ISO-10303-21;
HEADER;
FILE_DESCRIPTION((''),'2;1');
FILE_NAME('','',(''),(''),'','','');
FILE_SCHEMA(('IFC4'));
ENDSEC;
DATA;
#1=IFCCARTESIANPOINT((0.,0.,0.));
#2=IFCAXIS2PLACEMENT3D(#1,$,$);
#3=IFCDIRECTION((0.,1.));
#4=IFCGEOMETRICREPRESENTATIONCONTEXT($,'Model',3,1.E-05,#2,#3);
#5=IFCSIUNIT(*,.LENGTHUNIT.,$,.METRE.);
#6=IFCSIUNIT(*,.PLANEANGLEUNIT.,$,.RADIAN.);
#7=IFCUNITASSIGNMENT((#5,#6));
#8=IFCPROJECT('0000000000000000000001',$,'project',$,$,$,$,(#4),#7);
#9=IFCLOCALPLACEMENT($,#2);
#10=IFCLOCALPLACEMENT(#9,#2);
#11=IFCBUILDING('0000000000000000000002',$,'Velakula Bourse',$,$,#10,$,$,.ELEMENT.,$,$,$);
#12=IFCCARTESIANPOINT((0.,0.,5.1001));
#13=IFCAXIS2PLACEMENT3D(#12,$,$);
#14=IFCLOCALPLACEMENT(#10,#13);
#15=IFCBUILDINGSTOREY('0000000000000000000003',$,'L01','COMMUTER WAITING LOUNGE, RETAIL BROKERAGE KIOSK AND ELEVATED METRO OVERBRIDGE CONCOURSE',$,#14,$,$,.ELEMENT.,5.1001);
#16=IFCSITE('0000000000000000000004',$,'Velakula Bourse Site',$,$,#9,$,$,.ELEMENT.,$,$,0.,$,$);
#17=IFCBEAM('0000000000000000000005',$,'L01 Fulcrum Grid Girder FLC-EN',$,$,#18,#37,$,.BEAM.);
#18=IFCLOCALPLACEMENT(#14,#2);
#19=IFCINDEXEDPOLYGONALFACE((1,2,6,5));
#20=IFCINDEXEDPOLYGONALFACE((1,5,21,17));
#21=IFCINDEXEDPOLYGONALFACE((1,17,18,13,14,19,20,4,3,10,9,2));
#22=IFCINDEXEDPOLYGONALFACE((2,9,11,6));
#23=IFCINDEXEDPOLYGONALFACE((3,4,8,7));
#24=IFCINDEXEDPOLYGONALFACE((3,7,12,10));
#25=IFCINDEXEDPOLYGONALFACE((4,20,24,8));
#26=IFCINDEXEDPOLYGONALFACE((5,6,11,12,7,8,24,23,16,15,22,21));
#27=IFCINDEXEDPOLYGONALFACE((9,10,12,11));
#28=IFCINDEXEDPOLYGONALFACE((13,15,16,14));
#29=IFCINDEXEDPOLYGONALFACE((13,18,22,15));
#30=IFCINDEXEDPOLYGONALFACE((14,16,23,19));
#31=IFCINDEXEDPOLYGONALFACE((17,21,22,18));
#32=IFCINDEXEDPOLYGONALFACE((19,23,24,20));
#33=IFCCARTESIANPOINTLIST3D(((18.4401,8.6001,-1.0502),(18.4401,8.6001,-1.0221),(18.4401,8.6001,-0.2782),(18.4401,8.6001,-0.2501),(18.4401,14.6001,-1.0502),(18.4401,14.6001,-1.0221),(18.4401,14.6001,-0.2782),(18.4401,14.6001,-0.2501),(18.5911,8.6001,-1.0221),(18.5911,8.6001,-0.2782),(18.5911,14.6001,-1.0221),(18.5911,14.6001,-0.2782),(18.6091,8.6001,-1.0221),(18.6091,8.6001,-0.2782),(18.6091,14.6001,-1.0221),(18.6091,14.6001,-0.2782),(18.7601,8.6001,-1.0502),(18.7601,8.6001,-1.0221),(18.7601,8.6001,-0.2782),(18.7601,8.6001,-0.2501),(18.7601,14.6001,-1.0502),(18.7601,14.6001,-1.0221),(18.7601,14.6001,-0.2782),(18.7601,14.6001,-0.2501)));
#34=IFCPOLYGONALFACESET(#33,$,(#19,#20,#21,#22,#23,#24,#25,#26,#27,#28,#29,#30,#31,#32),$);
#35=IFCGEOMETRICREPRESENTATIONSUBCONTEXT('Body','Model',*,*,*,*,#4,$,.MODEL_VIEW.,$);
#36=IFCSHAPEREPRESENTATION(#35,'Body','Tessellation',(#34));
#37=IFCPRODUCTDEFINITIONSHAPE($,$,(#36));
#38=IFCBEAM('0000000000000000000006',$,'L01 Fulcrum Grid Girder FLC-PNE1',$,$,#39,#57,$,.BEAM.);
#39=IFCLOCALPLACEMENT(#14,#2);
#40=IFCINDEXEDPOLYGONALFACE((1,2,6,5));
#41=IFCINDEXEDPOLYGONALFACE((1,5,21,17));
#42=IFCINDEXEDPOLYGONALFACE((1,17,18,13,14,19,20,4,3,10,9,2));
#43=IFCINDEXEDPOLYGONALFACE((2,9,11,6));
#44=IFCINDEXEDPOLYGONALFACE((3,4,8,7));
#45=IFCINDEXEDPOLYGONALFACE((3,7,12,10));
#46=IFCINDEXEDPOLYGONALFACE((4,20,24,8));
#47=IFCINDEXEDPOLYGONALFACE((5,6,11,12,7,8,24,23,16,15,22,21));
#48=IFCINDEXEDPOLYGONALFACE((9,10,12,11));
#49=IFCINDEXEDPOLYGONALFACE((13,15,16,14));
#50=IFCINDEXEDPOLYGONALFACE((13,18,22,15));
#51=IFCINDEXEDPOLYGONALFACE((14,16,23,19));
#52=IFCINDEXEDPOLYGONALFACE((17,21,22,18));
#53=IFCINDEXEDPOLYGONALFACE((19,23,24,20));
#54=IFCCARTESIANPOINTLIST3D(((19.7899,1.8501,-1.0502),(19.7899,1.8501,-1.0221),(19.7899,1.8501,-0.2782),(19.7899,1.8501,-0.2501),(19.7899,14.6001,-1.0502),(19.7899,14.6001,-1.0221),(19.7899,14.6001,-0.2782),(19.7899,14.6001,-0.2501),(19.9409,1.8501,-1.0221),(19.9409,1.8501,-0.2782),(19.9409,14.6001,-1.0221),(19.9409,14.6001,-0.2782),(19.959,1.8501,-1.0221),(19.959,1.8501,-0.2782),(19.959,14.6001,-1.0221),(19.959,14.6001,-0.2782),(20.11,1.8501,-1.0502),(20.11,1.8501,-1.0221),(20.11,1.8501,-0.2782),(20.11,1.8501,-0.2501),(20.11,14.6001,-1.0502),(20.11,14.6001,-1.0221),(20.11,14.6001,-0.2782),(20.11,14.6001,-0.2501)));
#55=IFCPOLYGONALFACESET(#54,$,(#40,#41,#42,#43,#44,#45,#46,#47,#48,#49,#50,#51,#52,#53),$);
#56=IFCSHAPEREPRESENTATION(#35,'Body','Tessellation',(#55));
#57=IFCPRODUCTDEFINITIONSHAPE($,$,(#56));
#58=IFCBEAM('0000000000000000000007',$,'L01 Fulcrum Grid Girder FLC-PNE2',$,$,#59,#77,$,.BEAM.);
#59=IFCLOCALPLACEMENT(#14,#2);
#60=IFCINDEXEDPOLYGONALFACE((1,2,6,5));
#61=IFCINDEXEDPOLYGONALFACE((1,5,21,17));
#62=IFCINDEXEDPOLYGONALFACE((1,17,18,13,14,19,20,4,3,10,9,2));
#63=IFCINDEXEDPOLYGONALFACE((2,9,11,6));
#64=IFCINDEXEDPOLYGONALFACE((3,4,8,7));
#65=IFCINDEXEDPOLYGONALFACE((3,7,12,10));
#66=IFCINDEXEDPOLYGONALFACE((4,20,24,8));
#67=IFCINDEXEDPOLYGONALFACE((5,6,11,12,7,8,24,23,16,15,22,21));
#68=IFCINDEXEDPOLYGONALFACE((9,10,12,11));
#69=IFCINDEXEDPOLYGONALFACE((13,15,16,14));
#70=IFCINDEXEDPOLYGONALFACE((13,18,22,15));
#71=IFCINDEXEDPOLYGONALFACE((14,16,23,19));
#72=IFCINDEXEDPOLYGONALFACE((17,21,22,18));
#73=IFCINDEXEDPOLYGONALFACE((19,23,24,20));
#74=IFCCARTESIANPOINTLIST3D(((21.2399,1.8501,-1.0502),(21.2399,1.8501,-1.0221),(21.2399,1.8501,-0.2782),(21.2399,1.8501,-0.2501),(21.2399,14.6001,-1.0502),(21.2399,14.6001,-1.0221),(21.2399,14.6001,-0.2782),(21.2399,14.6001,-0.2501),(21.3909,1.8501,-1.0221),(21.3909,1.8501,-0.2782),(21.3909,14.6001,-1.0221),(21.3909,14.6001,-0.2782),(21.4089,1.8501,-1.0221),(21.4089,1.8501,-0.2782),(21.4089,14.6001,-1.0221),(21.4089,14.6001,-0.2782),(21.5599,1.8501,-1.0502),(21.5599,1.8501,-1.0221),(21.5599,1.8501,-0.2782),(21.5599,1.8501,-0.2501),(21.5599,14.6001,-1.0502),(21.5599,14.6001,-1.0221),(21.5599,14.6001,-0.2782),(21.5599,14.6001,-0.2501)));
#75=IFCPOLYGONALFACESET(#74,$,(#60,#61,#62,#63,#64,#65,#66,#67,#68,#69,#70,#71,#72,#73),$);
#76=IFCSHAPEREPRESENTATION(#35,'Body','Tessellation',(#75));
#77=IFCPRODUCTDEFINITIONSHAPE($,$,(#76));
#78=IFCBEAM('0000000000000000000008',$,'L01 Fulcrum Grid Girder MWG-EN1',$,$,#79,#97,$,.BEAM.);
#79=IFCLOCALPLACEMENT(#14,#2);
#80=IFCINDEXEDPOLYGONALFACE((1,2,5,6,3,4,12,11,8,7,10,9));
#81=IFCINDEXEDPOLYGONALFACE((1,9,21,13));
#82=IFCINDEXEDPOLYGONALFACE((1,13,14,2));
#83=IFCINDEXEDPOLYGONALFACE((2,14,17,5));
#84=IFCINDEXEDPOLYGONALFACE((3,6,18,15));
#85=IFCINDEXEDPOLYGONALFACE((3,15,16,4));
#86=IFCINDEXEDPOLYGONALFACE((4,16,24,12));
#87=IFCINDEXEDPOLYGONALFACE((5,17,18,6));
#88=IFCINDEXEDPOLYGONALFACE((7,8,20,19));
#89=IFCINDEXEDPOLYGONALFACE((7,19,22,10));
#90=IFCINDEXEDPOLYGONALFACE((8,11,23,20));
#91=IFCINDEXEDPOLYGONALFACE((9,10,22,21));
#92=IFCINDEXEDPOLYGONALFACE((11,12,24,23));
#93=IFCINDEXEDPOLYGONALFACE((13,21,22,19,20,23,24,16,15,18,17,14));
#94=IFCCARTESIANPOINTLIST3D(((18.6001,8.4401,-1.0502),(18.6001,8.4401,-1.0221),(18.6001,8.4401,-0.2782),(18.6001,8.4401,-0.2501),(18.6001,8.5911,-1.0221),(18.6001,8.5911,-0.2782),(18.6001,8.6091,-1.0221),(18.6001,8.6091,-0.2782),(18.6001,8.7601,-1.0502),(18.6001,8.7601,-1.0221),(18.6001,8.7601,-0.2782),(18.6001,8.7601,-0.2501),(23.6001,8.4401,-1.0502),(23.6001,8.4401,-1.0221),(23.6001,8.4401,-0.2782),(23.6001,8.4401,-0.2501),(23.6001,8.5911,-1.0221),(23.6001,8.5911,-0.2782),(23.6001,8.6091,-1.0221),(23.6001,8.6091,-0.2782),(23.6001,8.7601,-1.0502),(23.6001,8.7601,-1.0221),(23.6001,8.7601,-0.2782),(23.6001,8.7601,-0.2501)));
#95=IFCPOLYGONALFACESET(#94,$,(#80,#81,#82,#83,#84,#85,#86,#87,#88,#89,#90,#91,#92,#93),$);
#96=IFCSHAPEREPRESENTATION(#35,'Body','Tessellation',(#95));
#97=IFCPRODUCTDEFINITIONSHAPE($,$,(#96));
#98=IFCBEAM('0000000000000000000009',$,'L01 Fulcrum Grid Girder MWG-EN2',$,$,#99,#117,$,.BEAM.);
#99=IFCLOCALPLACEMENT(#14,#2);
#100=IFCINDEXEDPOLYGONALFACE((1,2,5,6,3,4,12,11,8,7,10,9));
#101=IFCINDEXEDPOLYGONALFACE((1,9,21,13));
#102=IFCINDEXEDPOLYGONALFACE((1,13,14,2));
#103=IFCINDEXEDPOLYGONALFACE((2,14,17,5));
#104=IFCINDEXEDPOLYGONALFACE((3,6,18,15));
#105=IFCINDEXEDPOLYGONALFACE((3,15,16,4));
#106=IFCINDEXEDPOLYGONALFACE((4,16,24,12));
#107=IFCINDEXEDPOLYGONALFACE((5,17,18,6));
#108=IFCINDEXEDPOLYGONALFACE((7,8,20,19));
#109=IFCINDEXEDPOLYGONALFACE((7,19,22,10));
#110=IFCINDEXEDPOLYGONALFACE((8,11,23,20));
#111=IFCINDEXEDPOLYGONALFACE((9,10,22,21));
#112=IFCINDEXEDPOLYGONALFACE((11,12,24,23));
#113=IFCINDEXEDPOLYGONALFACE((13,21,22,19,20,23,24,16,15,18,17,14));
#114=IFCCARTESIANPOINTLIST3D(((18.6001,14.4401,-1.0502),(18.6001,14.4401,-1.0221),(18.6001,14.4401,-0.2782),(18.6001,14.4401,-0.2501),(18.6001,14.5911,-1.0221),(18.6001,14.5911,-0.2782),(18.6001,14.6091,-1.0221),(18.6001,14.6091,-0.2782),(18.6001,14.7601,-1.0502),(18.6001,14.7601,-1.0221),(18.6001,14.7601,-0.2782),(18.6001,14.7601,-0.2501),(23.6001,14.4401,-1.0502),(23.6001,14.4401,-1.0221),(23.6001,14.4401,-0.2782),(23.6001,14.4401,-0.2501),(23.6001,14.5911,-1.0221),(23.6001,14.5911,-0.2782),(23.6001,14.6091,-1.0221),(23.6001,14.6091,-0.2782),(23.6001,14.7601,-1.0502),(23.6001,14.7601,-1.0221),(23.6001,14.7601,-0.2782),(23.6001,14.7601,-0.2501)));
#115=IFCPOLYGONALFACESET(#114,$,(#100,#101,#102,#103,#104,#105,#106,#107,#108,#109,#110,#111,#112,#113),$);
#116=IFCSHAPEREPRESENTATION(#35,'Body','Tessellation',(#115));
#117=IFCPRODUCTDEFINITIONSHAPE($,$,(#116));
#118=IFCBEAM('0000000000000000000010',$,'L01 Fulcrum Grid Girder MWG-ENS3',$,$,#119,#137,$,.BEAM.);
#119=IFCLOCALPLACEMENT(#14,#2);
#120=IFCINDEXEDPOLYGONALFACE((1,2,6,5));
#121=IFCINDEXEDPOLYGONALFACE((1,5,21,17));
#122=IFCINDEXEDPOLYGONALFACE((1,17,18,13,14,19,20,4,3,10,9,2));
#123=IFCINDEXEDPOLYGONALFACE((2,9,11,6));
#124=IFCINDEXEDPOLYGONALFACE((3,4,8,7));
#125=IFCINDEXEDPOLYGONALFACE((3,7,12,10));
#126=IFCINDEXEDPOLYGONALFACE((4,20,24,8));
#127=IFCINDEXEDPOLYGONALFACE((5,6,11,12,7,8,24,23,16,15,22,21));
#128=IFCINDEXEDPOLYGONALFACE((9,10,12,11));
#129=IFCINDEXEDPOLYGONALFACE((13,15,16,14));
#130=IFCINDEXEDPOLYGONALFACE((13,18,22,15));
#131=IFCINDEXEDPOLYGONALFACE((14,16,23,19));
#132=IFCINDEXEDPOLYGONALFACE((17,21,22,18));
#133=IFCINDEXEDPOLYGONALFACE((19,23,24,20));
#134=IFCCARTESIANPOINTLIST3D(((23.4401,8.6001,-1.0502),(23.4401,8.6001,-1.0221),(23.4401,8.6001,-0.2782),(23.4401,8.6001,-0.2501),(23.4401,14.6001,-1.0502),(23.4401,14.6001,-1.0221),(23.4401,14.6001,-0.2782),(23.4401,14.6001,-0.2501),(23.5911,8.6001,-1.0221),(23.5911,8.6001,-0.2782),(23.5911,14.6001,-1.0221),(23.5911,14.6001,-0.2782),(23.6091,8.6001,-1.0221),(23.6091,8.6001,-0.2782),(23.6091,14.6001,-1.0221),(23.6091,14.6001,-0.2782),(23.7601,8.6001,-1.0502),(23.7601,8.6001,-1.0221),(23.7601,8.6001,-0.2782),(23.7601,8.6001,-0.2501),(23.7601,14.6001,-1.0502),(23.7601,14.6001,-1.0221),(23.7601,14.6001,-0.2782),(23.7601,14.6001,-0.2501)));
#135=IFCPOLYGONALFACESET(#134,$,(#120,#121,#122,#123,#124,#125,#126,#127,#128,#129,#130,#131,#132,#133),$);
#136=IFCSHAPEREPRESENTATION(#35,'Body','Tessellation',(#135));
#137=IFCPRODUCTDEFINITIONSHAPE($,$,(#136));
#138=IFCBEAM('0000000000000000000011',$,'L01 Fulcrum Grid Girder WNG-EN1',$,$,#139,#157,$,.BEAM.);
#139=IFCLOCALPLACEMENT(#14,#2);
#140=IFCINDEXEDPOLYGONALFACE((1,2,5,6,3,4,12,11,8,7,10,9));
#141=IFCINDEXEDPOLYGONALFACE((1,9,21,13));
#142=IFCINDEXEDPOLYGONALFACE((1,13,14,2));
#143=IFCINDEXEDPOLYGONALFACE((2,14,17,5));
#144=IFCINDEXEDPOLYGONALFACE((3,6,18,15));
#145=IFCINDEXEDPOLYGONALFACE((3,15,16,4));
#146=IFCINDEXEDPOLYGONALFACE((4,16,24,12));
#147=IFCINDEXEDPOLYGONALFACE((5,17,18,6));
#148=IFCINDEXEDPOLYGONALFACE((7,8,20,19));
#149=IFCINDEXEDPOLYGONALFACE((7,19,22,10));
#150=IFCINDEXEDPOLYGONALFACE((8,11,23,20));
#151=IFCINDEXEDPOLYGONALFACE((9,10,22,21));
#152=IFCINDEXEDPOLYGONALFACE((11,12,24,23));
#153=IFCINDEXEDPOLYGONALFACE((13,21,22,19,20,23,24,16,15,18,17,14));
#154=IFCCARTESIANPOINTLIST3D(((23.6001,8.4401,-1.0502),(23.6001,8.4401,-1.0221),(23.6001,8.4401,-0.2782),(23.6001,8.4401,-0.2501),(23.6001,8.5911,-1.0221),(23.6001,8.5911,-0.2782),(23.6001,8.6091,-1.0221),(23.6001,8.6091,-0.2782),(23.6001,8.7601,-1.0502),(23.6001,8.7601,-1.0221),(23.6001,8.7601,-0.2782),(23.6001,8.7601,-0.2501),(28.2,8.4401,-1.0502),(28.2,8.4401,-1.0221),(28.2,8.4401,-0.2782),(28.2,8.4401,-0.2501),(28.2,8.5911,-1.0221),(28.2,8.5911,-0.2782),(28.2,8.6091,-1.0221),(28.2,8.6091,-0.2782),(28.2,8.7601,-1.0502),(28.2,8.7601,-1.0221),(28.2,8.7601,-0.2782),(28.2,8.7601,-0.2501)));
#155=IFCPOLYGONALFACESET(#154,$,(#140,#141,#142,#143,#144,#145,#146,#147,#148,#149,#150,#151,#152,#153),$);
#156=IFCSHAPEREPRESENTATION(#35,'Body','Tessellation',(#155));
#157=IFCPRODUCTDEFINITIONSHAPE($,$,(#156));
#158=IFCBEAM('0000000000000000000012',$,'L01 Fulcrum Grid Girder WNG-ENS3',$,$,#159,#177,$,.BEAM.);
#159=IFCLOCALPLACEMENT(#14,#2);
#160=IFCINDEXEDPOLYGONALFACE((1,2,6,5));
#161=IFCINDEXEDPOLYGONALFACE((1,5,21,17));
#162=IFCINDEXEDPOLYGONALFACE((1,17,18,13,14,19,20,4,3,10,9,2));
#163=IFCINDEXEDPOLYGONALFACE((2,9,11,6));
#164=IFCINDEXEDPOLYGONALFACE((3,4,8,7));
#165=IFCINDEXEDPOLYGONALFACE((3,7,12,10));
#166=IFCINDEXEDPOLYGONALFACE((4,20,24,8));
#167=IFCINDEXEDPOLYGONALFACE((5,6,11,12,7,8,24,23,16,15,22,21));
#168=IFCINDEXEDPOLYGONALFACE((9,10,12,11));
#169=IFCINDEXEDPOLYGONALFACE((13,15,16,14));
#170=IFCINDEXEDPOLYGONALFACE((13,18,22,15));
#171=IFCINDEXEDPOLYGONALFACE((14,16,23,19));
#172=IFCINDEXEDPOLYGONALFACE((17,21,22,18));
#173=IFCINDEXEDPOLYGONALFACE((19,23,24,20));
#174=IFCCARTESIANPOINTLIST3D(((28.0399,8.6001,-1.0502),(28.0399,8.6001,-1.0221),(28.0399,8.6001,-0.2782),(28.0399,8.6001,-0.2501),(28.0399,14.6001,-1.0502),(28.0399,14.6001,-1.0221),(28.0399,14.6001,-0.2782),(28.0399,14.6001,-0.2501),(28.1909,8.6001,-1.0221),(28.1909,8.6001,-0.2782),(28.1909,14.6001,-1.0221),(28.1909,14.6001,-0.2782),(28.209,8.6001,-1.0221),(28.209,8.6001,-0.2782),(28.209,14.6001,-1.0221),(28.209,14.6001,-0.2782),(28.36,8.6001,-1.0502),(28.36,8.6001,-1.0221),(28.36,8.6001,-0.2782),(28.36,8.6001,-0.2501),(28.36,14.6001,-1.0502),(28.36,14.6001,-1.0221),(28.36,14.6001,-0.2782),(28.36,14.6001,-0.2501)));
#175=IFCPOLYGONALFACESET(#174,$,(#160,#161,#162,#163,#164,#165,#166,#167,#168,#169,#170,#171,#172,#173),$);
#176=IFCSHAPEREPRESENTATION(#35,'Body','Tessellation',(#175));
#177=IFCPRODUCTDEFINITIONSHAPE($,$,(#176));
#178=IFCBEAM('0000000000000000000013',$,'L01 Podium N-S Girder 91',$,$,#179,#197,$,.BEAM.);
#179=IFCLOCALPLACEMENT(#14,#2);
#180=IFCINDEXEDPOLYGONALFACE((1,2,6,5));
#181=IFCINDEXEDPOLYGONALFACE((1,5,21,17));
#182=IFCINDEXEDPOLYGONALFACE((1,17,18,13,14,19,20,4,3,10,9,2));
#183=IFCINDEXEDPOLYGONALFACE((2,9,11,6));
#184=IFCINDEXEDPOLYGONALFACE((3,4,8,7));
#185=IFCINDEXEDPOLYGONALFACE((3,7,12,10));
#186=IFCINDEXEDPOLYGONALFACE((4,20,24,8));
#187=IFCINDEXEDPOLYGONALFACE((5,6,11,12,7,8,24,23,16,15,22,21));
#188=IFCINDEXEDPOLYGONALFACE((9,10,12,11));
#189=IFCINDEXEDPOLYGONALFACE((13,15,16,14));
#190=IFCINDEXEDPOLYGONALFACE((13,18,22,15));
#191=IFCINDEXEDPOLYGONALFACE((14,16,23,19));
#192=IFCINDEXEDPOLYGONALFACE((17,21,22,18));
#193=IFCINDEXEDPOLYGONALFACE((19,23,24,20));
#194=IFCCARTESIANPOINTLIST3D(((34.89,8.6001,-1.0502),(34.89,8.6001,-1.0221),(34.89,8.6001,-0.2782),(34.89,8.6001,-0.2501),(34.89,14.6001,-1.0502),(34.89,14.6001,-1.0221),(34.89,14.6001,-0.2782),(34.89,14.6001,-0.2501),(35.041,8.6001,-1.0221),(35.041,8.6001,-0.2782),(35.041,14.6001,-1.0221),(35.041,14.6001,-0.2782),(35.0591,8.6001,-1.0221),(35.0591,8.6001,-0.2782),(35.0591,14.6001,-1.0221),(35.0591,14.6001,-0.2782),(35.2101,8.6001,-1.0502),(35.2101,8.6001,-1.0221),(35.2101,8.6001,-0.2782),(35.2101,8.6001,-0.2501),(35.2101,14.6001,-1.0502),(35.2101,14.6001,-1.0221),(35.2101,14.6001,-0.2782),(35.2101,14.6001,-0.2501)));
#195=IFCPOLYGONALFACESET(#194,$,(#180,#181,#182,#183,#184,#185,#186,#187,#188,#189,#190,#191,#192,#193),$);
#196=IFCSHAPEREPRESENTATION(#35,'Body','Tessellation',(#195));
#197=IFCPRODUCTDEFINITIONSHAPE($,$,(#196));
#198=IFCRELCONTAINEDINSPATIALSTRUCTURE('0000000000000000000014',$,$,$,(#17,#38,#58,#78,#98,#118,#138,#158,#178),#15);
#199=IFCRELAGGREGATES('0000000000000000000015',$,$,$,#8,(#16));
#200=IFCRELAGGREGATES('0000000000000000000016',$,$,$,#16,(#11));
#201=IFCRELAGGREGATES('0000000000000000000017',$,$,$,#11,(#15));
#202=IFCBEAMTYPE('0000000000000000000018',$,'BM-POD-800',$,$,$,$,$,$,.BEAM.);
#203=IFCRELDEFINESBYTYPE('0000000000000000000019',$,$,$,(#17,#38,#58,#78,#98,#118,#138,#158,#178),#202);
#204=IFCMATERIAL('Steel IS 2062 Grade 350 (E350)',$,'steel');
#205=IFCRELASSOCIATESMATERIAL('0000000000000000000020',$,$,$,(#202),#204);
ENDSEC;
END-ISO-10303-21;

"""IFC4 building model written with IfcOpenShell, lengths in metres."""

from ifc_helpers import new_model, si_unit, direction, frame, origin, origin_2d, place, context, subcontext, project, spatial, i_section, extrude, material, material_profile, profile_set, type_object, element, save


model = new_model("IFC4")

# Units and contexts
model_context = context("Model", 3, precision=1e-05, world=origin(), true_north=direction((0.0, 1.0)))
body_context = subcontext(model_context, "Body", "Model", "MODEL_VIEW")
ifc_project = project(units=[si_unit("LENGTHUNIT", "METRE"), si_unit("PLANEANGLEUNIT", "RADIAN")], contexts=[model_context])

# Site, building, storey
site_placement = place(None, origin())
site = spatial("IfcSite", under=ifc_project, at=site_placement, Name="Velakula Bourse Site", CompositionType="ELEMENT", RefElevation=0.0)
building_placement = place(site_placement, origin())
building = spatial("IfcBuilding", under=site, at=building_placement, Name="Velakula Bourse", CompositionType="ELEMENT")
storey_placement = place(building_placement, frame((0.0, 0.0, 5.1001)))
storey = spatial("IfcBuildingStorey", under=building, at=storey_placement, Name="L01", Description="COMMUTER WAITING LOUNGE, RETAIL BROKERAGE KIOSK AND ELEVATED METRO OVERBRIDGE CONCOURSE", CompositionType="ELEMENT", Elevation=5.1001)

# Beams
ifc_material_1 = material(Name="Steel IS 2062 Grade 350 (E350)", Category="steel")
ifc_material_profile_1 = material_profile(ifc_material_1, i_section(OverallWidth=0.3201, OverallDepth=0.8, WebThickness=0.0181, FlangeThickness=0.0281, at=origin_2d()), Name="Steel IS 2062 Grade 350 (E350)")
ifc_profile_set_1 = profile_set([ifc_material_profile_1], Name="Steel IS 2062 Grade 350 (E350)")
beam_type_1 = type_object("IfcBeamType", Name="BM-POD-800", PredefinedType="BEAM", material=ifc_profile_set_1)
beam_1_placement = place(storey_placement, frame((18.6001, 8.6001, -0.6501), z_axis=(0.0, 1.0, 0.0), x_axis=(-1.0, 0.0, 0.0)))
element("IfcBeam", 1, at=beam_1_placement, inside=storey, type_object=beam_type_1, Name="L01 Fulcrum Grid Girder FLC-EN", PredefinedType="BEAM", context=body_context, shape_type="SweptSolid", body=[
    extrude(i_section(OverallWidth=0.3201, OverallDepth=0.8, WebThickness=0.0181, FlangeThickness=0.0281, at=origin_2d()), origin(), (0.0, 0.0, 1.0), 6.0),
])
for number, where, z_axis, x_axis, name in (
    (2, (19.95, 1.8501, -0.6501), (0.0, 1.0, 0.0), (-1.0, 0.0, 0.0), "L01 Fulcrum Grid Girder FLC-PNE1"),
    (3, (21.3999, 1.8501, -0.6501), (0.0, 1.0, 0.0), (-1.0, 0.0, 0.0), "L01 Fulcrum Grid Girder FLC-PNE2"),
):
    element("IfcBeam", number, at=place(storey_placement, frame(where, z_axis=z_axis, x_axis=x_axis)), inside=storey, type_object=beam_type_1, Name=name, PredefinedType="BEAM", context=body_context, shape_type="SweptSolid", body=[
        extrude(i_section(OverallWidth=0.3201, OverallDepth=0.8, WebThickness=0.0181, FlangeThickness=0.0281, at=origin_2d()), origin(), (0.0, 0.0, 1.0), 12.75),
    ])
for number, where, z_axis, x_axis, name in (
    (4, (18.6001, 8.6001, -0.6501), (1.0, 0.0, 0.0), (0.0, 1.0, 0.0), "L01 Fulcrum Grid Girder MWG-EN1"),
    (5, (18.6001, 14.6001, -0.6501), (1.0, 0.0, 0.0), (0.0, 1.0, 0.0), "L01 Fulcrum Grid Girder MWG-EN2"),
):
    element("IfcBeam", number, at=place(storey_placement, frame(where, z_axis=z_axis, x_axis=x_axis)), inside=storey, type_object=beam_type_1, Name=name, PredefinedType="BEAM", context=body_context, shape_type="SweptSolid", body=[
        extrude(i_section(OverallWidth=0.3201, OverallDepth=0.8, WebThickness=0.0181, FlangeThickness=0.0281, at=origin_2d()), origin(), (0.0, 0.0, 1.0), 5.0),
    ])
beam_2_placement = place(storey_placement, frame((23.6001, 8.6001, -0.6501), z_axis=(0.0, 1.0, 0.0), x_axis=(-1.0, 0.0, 0.0)))
element("IfcBeam", 6, at=beam_2_placement, inside=storey, type_object=beam_type_1, Name="L01 Fulcrum Grid Girder MWG-ENS3", PredefinedType="BEAM", context=body_context, shape_type="SweptSolid", body=[
    extrude(i_section(OverallWidth=0.3201, OverallDepth=0.8, WebThickness=0.0181, FlangeThickness=0.0281, at=origin_2d()), origin(), (0.0, 0.0, 1.0), 6.0),
])
beam_3_placement = place(storey_placement, frame((23.6001, 8.6001, -0.6501), z_axis=(1.0, 0.0, 0.0), x_axis=(0.0, 1.0, 0.0)))
element("IfcBeam", 7, at=beam_3_placement, inside=storey, type_object=beam_type_1, Name="L01 Fulcrum Grid Girder WNG-EN1", PredefinedType="BEAM", context=body_context, shape_type="SweptSolid", body=[
    extrude(i_section(OverallWidth=0.3201, OverallDepth=0.8, WebThickness=0.0181, FlangeThickness=0.0281, at=origin_2d()), origin(), (0.0, 0.0, 1.0), 4.5999),
])
for number, where, z_axis, x_axis, name in (
    (8, (28.2, 8.6001, -0.6501), (0.0, 1.0, 0.0), (-1.0, 0.0, 0.0), "L01 Fulcrum Grid Girder WNG-ENS3"),
    (9, (35.05, 8.6001, -0.6501), (0.0, 1.0, 0.0), (-1.0, 0.0, 0.0), "L01 Podium N-S Girder 91"),
):
    element("IfcBeam", number, at=place(storey_placement, frame(where, z_axis=z_axis, x_axis=x_axis)), inside=storey, type_object=beam_type_1, Name=name, PredefinedType="BEAM", context=body_context, shape_type="SweptSolid", body=[
        extrude(i_section(OverallWidth=0.3201, OverallDepth=0.8, WebThickness=0.0181, FlangeThickness=0.0281, at=origin_2d()), origin(), (0.0, 0.0, 1.0), 6.0),
    ])

save(model, "model.ifc")
